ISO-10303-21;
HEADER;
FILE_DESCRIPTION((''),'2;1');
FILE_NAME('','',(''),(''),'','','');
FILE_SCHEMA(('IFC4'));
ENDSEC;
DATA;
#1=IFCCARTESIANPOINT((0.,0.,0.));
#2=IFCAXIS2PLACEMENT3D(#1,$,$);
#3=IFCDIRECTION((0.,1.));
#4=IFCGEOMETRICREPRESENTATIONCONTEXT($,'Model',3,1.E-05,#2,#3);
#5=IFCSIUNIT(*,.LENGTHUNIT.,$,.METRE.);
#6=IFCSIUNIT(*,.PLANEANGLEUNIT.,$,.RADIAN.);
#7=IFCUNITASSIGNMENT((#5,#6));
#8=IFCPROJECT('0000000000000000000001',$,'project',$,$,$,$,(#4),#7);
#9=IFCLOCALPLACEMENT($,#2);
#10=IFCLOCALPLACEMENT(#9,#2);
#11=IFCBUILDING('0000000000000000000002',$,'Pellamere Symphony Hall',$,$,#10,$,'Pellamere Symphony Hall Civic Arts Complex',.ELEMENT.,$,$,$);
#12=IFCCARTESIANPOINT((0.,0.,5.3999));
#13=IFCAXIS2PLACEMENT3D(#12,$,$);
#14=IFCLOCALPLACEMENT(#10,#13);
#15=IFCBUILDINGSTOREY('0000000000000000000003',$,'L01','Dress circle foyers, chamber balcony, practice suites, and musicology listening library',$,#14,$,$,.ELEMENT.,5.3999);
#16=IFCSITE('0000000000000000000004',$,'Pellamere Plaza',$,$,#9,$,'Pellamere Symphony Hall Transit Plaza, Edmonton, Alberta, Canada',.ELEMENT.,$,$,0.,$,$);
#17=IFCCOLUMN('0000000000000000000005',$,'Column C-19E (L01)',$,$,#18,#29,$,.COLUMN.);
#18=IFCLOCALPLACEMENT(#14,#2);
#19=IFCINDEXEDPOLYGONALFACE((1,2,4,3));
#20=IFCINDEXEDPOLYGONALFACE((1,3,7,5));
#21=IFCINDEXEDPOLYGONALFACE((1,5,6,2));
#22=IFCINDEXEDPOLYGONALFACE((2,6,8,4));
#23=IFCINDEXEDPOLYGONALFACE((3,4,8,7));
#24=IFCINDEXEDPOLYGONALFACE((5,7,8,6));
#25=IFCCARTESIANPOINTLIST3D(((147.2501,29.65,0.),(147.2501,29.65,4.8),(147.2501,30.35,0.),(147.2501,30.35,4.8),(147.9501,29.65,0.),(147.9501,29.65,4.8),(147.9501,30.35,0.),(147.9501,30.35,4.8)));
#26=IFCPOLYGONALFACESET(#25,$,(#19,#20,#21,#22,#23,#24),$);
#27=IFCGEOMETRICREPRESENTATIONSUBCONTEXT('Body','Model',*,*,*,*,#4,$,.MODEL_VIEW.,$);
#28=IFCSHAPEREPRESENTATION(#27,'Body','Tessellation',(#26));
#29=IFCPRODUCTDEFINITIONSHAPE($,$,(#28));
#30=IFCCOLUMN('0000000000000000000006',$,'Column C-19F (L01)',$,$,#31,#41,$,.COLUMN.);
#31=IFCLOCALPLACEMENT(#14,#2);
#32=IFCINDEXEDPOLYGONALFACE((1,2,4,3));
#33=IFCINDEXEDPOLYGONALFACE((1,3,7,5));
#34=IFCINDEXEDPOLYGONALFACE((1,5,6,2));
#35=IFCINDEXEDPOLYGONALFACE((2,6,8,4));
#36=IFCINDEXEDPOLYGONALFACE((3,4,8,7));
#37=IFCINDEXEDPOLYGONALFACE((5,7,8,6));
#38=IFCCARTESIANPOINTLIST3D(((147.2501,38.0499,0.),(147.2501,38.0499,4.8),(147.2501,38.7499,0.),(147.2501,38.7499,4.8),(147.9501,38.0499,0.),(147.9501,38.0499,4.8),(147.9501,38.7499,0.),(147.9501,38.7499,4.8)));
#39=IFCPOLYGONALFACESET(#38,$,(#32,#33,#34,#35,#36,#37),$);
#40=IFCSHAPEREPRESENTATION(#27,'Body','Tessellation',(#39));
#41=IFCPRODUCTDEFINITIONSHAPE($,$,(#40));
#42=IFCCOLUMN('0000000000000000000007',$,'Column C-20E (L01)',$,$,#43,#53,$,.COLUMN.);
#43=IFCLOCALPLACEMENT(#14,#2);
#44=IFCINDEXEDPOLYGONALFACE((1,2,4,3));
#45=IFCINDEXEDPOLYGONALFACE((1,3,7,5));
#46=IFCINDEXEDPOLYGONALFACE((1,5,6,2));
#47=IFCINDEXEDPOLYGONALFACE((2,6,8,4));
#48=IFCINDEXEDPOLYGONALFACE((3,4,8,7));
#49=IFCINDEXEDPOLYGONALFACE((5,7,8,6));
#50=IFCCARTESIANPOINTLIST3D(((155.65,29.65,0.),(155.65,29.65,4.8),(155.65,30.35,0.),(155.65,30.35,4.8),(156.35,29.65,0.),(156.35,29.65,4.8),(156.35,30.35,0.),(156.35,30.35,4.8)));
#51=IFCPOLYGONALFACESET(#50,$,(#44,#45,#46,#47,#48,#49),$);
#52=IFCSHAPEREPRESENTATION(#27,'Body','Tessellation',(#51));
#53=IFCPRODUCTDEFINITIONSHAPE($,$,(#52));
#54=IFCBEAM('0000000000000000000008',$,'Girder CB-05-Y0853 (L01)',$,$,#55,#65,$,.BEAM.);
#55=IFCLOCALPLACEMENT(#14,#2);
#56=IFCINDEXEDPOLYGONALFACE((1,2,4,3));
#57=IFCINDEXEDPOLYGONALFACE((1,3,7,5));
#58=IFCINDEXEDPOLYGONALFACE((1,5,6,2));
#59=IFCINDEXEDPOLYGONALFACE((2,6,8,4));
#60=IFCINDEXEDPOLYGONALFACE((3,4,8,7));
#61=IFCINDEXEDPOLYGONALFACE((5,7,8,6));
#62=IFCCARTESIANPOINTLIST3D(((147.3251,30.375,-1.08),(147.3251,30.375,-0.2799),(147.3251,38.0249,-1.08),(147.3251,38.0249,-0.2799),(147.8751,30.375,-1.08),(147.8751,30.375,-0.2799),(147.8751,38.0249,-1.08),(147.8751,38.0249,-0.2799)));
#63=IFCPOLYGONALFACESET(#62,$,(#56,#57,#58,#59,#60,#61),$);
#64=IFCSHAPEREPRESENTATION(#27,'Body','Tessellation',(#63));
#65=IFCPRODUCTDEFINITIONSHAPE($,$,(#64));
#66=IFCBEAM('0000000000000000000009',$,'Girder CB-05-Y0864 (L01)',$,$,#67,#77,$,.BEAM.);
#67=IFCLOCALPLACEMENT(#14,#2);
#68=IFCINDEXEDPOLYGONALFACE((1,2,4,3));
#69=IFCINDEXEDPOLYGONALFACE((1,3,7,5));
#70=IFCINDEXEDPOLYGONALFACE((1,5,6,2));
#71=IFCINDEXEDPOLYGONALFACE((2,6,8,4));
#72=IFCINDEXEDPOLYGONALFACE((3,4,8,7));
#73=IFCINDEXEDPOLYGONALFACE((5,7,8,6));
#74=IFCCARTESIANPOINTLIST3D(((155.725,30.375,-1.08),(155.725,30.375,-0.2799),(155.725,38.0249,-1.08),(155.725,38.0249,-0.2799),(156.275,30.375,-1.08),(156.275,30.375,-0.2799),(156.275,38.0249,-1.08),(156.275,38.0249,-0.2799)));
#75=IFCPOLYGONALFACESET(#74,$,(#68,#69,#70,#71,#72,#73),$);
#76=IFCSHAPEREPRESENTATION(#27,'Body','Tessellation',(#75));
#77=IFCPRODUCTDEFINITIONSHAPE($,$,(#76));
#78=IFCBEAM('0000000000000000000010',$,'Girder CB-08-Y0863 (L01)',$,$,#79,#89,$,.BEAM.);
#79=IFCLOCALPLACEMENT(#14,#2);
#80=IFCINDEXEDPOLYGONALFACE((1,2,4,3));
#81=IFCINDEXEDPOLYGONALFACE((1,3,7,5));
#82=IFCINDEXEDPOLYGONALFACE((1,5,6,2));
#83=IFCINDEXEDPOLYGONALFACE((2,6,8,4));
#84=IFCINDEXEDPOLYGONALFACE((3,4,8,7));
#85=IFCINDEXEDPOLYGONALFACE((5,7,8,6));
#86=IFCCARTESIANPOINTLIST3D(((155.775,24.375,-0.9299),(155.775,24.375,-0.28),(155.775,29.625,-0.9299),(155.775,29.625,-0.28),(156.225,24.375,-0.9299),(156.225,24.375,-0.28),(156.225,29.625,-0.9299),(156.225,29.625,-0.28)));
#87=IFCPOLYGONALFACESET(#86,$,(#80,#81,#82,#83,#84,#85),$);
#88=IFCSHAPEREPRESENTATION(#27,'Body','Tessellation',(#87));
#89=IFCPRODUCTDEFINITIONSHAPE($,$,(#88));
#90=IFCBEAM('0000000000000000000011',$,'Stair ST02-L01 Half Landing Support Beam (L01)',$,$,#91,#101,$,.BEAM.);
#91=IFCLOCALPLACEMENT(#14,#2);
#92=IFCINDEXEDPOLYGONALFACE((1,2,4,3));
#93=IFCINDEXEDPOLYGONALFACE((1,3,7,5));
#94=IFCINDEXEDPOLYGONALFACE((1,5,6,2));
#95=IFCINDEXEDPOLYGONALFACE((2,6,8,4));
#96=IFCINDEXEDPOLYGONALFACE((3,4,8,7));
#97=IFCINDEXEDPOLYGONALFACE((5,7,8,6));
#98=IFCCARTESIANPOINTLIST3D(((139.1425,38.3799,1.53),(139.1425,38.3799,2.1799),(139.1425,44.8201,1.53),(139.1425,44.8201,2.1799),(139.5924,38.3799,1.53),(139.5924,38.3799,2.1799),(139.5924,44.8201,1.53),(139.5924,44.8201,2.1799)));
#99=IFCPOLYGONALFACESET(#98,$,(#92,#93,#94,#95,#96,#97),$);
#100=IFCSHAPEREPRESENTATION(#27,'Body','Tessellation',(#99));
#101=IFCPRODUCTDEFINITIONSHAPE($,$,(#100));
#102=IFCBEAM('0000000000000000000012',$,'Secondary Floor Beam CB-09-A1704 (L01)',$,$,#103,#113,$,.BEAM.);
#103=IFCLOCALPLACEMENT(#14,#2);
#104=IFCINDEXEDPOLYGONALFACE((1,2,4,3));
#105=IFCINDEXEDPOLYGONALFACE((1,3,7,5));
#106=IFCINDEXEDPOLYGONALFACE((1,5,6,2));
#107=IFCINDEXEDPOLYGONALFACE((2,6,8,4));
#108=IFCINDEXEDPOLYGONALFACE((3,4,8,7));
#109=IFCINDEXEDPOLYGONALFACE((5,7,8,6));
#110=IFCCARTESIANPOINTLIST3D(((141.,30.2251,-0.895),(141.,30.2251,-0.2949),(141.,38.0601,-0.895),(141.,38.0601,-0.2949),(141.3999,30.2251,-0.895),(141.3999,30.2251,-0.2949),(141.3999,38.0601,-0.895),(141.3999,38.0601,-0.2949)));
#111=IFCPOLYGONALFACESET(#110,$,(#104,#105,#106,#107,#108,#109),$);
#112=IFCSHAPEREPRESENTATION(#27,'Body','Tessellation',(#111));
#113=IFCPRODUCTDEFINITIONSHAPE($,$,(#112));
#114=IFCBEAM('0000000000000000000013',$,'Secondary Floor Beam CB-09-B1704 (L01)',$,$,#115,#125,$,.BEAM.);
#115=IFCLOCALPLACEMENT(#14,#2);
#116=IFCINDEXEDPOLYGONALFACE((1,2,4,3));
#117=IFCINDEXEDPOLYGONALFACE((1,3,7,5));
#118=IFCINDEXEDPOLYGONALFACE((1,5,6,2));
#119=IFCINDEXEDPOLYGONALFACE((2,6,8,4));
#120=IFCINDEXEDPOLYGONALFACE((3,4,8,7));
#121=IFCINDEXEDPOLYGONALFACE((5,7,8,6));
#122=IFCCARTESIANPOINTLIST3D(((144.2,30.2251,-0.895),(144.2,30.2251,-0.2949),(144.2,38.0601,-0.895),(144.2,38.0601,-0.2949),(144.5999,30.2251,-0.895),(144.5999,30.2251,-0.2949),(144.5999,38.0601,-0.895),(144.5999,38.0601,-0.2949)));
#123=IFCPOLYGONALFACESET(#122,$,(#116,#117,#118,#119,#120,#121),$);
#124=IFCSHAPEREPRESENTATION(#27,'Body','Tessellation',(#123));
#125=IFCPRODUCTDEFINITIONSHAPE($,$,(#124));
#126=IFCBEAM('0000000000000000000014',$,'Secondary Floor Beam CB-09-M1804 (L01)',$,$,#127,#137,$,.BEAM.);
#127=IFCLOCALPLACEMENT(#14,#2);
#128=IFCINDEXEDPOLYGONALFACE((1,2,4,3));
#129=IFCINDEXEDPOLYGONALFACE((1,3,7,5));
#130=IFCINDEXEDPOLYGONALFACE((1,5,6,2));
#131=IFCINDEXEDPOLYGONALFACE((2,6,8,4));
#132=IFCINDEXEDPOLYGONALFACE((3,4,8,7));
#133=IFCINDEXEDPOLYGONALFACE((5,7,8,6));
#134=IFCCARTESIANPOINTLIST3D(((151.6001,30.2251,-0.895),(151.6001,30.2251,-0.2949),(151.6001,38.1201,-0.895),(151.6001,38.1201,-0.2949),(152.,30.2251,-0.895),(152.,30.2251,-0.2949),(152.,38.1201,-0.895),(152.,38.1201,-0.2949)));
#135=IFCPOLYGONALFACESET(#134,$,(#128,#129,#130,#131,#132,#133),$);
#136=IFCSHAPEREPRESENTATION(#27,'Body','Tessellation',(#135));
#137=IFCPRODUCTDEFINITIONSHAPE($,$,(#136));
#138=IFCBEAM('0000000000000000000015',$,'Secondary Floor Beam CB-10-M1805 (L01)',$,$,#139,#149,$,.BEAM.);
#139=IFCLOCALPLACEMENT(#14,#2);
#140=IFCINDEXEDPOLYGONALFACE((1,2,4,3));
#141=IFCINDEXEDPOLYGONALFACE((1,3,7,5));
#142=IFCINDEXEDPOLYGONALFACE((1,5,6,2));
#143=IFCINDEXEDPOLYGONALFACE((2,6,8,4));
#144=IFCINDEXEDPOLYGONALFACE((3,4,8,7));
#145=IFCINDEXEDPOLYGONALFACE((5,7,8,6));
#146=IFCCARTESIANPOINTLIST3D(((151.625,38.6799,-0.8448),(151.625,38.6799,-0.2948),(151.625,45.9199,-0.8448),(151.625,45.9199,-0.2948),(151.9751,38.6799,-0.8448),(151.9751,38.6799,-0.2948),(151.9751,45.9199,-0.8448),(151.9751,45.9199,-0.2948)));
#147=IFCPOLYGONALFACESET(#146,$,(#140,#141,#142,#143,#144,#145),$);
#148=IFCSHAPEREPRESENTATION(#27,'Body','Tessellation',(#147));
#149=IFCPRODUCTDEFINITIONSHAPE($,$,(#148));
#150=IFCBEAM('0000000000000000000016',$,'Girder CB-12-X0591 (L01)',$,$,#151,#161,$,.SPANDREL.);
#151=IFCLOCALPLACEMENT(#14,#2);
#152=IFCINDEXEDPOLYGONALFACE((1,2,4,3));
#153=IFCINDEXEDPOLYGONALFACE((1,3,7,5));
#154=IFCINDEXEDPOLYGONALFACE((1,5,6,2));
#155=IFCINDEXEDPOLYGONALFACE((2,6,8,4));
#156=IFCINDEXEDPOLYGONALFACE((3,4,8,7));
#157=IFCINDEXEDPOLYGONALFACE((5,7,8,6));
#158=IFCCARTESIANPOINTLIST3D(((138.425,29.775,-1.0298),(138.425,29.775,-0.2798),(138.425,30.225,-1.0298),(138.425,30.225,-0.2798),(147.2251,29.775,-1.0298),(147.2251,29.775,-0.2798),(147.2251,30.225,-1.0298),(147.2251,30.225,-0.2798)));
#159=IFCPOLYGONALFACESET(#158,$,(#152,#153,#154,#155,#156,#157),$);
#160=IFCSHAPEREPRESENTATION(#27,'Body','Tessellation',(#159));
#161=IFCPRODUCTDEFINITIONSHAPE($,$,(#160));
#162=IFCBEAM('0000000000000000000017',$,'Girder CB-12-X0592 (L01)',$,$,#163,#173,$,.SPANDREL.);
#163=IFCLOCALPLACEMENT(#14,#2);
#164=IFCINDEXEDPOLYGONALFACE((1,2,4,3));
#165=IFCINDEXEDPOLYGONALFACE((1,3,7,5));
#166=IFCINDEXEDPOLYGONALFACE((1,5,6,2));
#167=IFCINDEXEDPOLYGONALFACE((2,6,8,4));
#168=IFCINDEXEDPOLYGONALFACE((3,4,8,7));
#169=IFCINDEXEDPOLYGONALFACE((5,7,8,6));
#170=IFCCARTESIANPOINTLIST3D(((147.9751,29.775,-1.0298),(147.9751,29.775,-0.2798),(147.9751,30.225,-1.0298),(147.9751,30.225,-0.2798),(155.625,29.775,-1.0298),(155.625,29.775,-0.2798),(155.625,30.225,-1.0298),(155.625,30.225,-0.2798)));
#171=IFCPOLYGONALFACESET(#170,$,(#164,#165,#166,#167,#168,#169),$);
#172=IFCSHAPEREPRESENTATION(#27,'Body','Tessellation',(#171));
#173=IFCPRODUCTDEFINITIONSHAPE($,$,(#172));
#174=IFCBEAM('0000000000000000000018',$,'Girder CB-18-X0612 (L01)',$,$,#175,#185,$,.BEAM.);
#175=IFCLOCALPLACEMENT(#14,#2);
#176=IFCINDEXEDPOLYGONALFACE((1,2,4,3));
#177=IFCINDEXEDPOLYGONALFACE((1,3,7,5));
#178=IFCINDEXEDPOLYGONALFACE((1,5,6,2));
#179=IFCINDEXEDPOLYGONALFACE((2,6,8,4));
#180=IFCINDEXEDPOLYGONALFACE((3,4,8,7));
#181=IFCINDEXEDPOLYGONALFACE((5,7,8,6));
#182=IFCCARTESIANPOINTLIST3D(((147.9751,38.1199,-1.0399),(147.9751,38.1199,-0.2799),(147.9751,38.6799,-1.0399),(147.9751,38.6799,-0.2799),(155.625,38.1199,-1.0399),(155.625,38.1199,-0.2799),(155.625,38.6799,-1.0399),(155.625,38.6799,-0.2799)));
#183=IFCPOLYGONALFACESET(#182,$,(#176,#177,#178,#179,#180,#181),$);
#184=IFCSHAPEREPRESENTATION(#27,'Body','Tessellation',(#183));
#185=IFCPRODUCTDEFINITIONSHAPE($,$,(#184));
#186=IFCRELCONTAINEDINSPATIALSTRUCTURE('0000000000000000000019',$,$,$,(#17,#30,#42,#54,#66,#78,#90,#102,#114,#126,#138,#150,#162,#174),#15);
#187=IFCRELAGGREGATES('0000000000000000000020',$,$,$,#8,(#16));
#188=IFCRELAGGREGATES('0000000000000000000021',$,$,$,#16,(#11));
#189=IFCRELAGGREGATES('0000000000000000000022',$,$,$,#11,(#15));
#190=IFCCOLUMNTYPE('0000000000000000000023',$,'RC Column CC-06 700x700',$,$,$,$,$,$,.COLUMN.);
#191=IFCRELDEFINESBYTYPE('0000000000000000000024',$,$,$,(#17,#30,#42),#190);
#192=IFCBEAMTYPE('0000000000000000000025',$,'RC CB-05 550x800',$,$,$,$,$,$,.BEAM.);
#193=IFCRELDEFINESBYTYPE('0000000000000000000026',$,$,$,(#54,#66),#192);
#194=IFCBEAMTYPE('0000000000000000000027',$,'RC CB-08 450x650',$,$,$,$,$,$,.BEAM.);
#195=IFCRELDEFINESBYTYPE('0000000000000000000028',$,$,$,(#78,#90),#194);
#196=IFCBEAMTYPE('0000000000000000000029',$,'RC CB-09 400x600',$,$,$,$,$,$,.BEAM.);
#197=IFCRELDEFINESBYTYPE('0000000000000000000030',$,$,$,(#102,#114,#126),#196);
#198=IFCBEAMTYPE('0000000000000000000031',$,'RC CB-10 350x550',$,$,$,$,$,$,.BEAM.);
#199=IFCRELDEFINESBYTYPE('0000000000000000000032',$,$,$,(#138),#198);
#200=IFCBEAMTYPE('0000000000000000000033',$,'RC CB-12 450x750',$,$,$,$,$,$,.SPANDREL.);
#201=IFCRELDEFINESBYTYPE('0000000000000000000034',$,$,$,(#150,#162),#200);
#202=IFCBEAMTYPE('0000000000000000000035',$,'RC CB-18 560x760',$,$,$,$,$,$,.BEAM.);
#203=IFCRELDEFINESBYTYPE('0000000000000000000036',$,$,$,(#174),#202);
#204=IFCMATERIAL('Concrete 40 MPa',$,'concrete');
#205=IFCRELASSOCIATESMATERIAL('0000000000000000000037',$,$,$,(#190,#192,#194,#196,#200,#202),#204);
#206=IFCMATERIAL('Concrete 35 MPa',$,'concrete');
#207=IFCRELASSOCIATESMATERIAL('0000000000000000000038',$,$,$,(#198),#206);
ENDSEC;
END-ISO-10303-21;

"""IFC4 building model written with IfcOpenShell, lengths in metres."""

from ifc_helpers import new_model, si_unit, direction, frame, origin, origin_2d, place, context, subcontext, project, spatial, rectangle, extrude, material, material_profile, profile_set, type_object, element, save


model = new_model("IFC4")

# Units and contexts
model_context = context("Model", 3, precision=1e-05, world=origin(), true_north=direction((0.0, 1.0)))
body_context = subcontext(model_context, "Body", "Model", "MODEL_VIEW")
ifc_project = project(units=[si_unit("LENGTHUNIT", "METRE"), si_unit("PLANEANGLEUNIT", "RADIAN")], contexts=[model_context])

# Site, building, storey
site_placement = place(None, origin())
site = spatial("IfcSite", under=ifc_project, at=site_placement, Name="Pellamere Plaza", LongName="Pellamere Symphony Hall Transit Plaza, Edmonton, Alberta, Canada", CompositionType="ELEMENT", RefElevation=0.0)
building_placement = place(site_placement, origin())
building = spatial("IfcBuilding", under=site, at=building_placement, Name="Pellamere Symphony Hall", LongName="Pellamere Symphony Hall Civic Arts Complex", CompositionType="ELEMENT")
storey_placement = place(building_placement, frame((0.0, 0.0, 5.3999)))
storey = spatial("IfcBuildingStorey", under=building, at=storey_placement, Name="L01", Description="Dress circle foyers, chamber balcony, practice suites, and musicology listening library", CompositionType="ELEMENT", Elevation=5.3999)

# Columns
ifc_material_1 = material(Name="Concrete 40 MPa", Category="concrete")
ifc_material_profile_1 = material_profile(ifc_material_1, rectangle(XDim=0.7, YDim=0.7, at=origin_2d()), Name="RC 700x700")
ifc_profile_set_1 = profile_set([ifc_material_profile_1], Name="Concrete 40 MPa")
column_type = type_object("IfcColumnType", Name="RC Column CC-06 700x700", PredefinedType="COLUMN", material=ifc_profile_set_1)
for number, where, z_axis, x_axis, name in (
    (1, (147.6001, 30.0, 0.0), (0.0, 0.0, 1.0), (1.0, 0.0, 0.0), "Column C-19E (L01)"),
    (2, (147.6001, 38.3999, 0.0), (0.0, 0.0, 1.0), (1.0, 0.0, 0.0), "Column C-19F (L01)"),
    (3, (156.0, 30.0, 0.0), (0.0, 0.0, 1.0), (1.0, 0.0, 0.0), "Column C-20E (L01)"),
):
    element("IfcColumn", number, at=place(storey_placement, frame(where, z_axis=z_axis, x_axis=x_axis)), inside=storey, type_object=column_type, Name=name, PredefinedType="COLUMN", context=body_context, shape_type="SweptSolid", body=[
        extrude(rectangle(XDim=0.7, YDim=0.7, at=origin_2d()), origin(), (0.0, 0.0, 1.0), 4.8),
    ])

# Beams
ifc_material_profile_2 = material_profile(ifc_material_1, rectangle(XDim=0.55, YDim=0.8, at=origin_2d()), Name="RC 550x800")
ifc_profile_set_2 = profile_set([ifc_material_profile_2], Name="Concrete 40 MPa")
beam_type_1 = type_object("IfcBeamType", Name="RC CB-05 550x800", PredefinedType="BEAM", material=ifc_profile_set_2)
for number, where, z_axis, x_axis, name in (
    (4, (147.6001, 30.375, -0.6799), (0.0, 1.0, 0.0), (-1.0, 0.0, 0.0), "Girder CB-05-Y0853 (L01)"),
    (5, (156.0, 30.375, -0.6799), (0.0, 1.0, 0.0), (-1.0, 0.0, 0.0), "Girder CB-05-Y0864 (L01)"),
):
    element("IfcBeam", number, at=place(storey_placement, frame(where, z_axis=z_axis, x_axis=x_axis)), inside=storey, type_object=beam_type_1, Name=name, PredefinedType="BEAM", context=body_context, shape_type="SweptSolid", body=[
        extrude(rectangle(XDim=0.55, YDim=0.8, at=origin_2d()), origin(), (0.0, 0.0, 1.0), 7.6499),
    ])
ifc_material_profile_3 = material_profile(ifc_material_1, rectangle(XDim=0.45, YDim=0.6499, at=origin_2d()), Name="RC 450x650")
ifc_profile_set_3 = profile_set([ifc_material_profile_3], Name="Concrete 40 MPa")
beam_type_2 = type_object("IfcBeamType", Name="RC CB-08 450x650", PredefinedType="BEAM", material=ifc_profile_set_3)
beam_1_placement = place(storey_placement, frame((156.0, 24.375, -0.605), z_axis=(0.0, 1.0, 0.0), x_axis=(-1.0, 0.0, 0.0)))
element("IfcBeam", 6, at=beam_1_placement, inside=storey, type_object=beam_type_2, Name="Girder CB-08-Y0863 (L01)", PredefinedType="BEAM", context=body_context, shape_type="SweptSolid", body=[
    extrude(rectangle(XDim=0.45, YDim=0.6499, at=origin_2d()), origin(), (0.0, 0.0, 1.0), 5.25),
])
beam_2_placement = place(storey_placement, frame((139.3674, 38.3799, 1.855), z_axis=(0.0, 1.0, 0.0), x_axis=(-1.0, 0.0, 0.0)))
element("IfcBeam", 7, at=beam_2_placement, inside=storey, type_object=beam_type_2, Name="Stair ST02-L01 Half Landing Support Beam (L01)", PredefinedType="BEAM", context=body_context, shape_type="SweptSolid", body=[
    extrude(rectangle(XDim=0.45, YDim=0.6499, at=origin_2d()), origin(), (0.0, 0.0, 1.0), 6.4402),
])
ifc_material_profile_4 = material_profile(ifc_material_1, rectangle(XDim=0.3999, YDim=0.6001, at=origin_2d()), Name="RC 400x600")
ifc_profile_set_4 = profile_set([ifc_material_profile_4], Name="Concrete 40 MPa")
beam_type_3 = type_object("IfcBeamType", Name="RC CB-09 400x600", PredefinedType="BEAM", material=ifc_profile_set_4)
for number, where, z_axis, x_axis, name in (
    (8, (141.2, 30.2251, -0.595), (0.0, 1.0, 0.0), (-1.0, 0.0, 0.0), "Secondary Floor Beam CB-09-A1704 (L01)"),
    (9, (144.3999, 30.2251, -0.595), (0.0, 1.0, 0.0), (-1.0, 0.0, 0.0), "Secondary Floor Beam CB-09-B1704 (L01)"),
):
    element("IfcBeam", number, at=place(storey_placement, frame(where, z_axis=z_axis, x_axis=x_axis)), inside=storey, type_object=beam_type_3, Name=name, PredefinedType="BEAM", context=body_context, shape_type="SweptSolid", body=[
        extrude(rectangle(XDim=0.3999, YDim=0.6001, at=origin_2d()), origin(), (0.0, 0.0, 1.0), 7.835),
    ])
beam_3_placement = place(storey_placement, frame((151.8, 30.2251, -0.595), z_axis=(0.0, 1.0, 0.0), x_axis=(-1.0, 0.0, 0.0)))
element("IfcBeam", 10, at=beam_3_placement, inside=storey, type_object=beam_type_3, Name="Secondary Floor Beam CB-09-M1804 (L01)", PredefinedType="BEAM", context=body_context, shape_type="SweptSolid", body=[
    extrude(rectangle(XDim=0.3999, YDim=0.6001, at=origin_2d()), origin(), (0.0, 0.0, 1.0), 7.895),
])
ifc_material_2 = material(Name="Concrete 35 MPa", Category="concrete")
ifc_material_profile_5 = material_profile(ifc_material_2, rectangle(XDim=0.3501, YDim=0.55, at=origin_2d()), Name="RC 350x550")
ifc_profile_set_5 = profile_set([ifc_material_profile_5], Name="Concrete 35 MPa")
beam_type_4 = type_object("IfcBeamType", Name="RC CB-10 350x550", PredefinedType="BEAM", material=ifc_profile_set_5)
beam_4_placement = place(storey_placement, frame((151.8, 38.6799, -0.5698), z_axis=(0.0, 1.0, 0.0), x_axis=(-1.0, 0.0, 0.0)))
element("IfcBeam", 11, at=beam_4_placement, inside=storey, type_object=beam_type_4, Name="Secondary Floor Beam CB-10-M1805 (L01)", PredefinedType="BEAM", context=body_context, shape_type="SweptSolid", body=[
    extrude(rectangle(XDim=0.3501, YDim=0.55, at=origin_2d()), origin(), (0.0, 0.0, 1.0), 7.24),
])
ifc_material_profile_6 = material_profile(ifc_material_1, rectangle(XDim=0.45, YDim=0.75, at=origin_2d()), Name="RC 450x750")
ifc_profile_set_6 = profile_set([ifc_material_profile_6], Name="Concrete 40 MPa")
beam_type_5 = type_object("IfcBeamType", Name="RC CB-12 450x750", PredefinedType="SPANDREL", material=ifc_profile_set_6)
beam_5_placement = place(storey_placement, frame((138.425, 30.0, -0.6548), z_axis=(1.0, 0.0, 0.0), x_axis=(0.0, 1.0, 0.0)))
element("IfcBeam", 12, at=beam_5_placement, inside=storey, type_object=beam_type_5, Name="Girder CB-12-X0591 (L01)", PredefinedType="SPANDREL", context=body_context, shape_type="SweptSolid", body=[
    extrude(rectangle(XDim=0.45, YDim=0.75, at=origin_2d()), origin(), (0.0, 0.0, 1.0), 8.8),
])
beam_6_placement = place(storey_placement, frame((147.9751, 30.0, -0.6548), z_axis=(1.0, 0.0, 0.0), x_axis=(0.0, 1.0, 0.0)))
element("IfcBeam", 13, at=beam_6_placement, inside=storey, type_object=beam_type_5, Name="Girder CB-12-X0592 (L01)", PredefinedType="SPANDREL", context=body_context, shape_type="SweptSolid", body=[
    extrude(rectangle(XDim=0.45, YDim=0.75, at=origin_2d()), origin(), (0.0, 0.0, 1.0), 7.6499),
])
ifc_material_profile_7 = material_profile(ifc_material_1, rectangle(XDim=0.5601, YDim=0.76, at=origin_2d()), Name="RC 560x760")
ifc_profile_set_7 = profile_set([ifc_material_profile_7], Name="Concrete 40 MPa")
beam_type_6 = type_object("IfcBeamType", Name="RC CB-18 560x760", PredefinedType="BEAM", material=ifc_profile_set_7)
beam_7_placement = place(storey_placement, frame((147.9751, 38.3999, -0.6599), z_axis=(1.0, 0.0, 0.0), x_axis=(0.0, 1.0, 0.0)))
element("IfcBeam", 14, at=beam_7_placement, inside=storey, type_object=beam_type_6, Name="Girder CB-18-X0612 (L01)", PredefinedType="BEAM", context=body_context, shape_type="SweptSolid", body=[
    extrude(rectangle(XDim=0.5601, YDim=0.76, at=origin_2d()), origin(), (0.0, 0.0, 1.0), 7.6499),
])

save(model, "model.ifc")
